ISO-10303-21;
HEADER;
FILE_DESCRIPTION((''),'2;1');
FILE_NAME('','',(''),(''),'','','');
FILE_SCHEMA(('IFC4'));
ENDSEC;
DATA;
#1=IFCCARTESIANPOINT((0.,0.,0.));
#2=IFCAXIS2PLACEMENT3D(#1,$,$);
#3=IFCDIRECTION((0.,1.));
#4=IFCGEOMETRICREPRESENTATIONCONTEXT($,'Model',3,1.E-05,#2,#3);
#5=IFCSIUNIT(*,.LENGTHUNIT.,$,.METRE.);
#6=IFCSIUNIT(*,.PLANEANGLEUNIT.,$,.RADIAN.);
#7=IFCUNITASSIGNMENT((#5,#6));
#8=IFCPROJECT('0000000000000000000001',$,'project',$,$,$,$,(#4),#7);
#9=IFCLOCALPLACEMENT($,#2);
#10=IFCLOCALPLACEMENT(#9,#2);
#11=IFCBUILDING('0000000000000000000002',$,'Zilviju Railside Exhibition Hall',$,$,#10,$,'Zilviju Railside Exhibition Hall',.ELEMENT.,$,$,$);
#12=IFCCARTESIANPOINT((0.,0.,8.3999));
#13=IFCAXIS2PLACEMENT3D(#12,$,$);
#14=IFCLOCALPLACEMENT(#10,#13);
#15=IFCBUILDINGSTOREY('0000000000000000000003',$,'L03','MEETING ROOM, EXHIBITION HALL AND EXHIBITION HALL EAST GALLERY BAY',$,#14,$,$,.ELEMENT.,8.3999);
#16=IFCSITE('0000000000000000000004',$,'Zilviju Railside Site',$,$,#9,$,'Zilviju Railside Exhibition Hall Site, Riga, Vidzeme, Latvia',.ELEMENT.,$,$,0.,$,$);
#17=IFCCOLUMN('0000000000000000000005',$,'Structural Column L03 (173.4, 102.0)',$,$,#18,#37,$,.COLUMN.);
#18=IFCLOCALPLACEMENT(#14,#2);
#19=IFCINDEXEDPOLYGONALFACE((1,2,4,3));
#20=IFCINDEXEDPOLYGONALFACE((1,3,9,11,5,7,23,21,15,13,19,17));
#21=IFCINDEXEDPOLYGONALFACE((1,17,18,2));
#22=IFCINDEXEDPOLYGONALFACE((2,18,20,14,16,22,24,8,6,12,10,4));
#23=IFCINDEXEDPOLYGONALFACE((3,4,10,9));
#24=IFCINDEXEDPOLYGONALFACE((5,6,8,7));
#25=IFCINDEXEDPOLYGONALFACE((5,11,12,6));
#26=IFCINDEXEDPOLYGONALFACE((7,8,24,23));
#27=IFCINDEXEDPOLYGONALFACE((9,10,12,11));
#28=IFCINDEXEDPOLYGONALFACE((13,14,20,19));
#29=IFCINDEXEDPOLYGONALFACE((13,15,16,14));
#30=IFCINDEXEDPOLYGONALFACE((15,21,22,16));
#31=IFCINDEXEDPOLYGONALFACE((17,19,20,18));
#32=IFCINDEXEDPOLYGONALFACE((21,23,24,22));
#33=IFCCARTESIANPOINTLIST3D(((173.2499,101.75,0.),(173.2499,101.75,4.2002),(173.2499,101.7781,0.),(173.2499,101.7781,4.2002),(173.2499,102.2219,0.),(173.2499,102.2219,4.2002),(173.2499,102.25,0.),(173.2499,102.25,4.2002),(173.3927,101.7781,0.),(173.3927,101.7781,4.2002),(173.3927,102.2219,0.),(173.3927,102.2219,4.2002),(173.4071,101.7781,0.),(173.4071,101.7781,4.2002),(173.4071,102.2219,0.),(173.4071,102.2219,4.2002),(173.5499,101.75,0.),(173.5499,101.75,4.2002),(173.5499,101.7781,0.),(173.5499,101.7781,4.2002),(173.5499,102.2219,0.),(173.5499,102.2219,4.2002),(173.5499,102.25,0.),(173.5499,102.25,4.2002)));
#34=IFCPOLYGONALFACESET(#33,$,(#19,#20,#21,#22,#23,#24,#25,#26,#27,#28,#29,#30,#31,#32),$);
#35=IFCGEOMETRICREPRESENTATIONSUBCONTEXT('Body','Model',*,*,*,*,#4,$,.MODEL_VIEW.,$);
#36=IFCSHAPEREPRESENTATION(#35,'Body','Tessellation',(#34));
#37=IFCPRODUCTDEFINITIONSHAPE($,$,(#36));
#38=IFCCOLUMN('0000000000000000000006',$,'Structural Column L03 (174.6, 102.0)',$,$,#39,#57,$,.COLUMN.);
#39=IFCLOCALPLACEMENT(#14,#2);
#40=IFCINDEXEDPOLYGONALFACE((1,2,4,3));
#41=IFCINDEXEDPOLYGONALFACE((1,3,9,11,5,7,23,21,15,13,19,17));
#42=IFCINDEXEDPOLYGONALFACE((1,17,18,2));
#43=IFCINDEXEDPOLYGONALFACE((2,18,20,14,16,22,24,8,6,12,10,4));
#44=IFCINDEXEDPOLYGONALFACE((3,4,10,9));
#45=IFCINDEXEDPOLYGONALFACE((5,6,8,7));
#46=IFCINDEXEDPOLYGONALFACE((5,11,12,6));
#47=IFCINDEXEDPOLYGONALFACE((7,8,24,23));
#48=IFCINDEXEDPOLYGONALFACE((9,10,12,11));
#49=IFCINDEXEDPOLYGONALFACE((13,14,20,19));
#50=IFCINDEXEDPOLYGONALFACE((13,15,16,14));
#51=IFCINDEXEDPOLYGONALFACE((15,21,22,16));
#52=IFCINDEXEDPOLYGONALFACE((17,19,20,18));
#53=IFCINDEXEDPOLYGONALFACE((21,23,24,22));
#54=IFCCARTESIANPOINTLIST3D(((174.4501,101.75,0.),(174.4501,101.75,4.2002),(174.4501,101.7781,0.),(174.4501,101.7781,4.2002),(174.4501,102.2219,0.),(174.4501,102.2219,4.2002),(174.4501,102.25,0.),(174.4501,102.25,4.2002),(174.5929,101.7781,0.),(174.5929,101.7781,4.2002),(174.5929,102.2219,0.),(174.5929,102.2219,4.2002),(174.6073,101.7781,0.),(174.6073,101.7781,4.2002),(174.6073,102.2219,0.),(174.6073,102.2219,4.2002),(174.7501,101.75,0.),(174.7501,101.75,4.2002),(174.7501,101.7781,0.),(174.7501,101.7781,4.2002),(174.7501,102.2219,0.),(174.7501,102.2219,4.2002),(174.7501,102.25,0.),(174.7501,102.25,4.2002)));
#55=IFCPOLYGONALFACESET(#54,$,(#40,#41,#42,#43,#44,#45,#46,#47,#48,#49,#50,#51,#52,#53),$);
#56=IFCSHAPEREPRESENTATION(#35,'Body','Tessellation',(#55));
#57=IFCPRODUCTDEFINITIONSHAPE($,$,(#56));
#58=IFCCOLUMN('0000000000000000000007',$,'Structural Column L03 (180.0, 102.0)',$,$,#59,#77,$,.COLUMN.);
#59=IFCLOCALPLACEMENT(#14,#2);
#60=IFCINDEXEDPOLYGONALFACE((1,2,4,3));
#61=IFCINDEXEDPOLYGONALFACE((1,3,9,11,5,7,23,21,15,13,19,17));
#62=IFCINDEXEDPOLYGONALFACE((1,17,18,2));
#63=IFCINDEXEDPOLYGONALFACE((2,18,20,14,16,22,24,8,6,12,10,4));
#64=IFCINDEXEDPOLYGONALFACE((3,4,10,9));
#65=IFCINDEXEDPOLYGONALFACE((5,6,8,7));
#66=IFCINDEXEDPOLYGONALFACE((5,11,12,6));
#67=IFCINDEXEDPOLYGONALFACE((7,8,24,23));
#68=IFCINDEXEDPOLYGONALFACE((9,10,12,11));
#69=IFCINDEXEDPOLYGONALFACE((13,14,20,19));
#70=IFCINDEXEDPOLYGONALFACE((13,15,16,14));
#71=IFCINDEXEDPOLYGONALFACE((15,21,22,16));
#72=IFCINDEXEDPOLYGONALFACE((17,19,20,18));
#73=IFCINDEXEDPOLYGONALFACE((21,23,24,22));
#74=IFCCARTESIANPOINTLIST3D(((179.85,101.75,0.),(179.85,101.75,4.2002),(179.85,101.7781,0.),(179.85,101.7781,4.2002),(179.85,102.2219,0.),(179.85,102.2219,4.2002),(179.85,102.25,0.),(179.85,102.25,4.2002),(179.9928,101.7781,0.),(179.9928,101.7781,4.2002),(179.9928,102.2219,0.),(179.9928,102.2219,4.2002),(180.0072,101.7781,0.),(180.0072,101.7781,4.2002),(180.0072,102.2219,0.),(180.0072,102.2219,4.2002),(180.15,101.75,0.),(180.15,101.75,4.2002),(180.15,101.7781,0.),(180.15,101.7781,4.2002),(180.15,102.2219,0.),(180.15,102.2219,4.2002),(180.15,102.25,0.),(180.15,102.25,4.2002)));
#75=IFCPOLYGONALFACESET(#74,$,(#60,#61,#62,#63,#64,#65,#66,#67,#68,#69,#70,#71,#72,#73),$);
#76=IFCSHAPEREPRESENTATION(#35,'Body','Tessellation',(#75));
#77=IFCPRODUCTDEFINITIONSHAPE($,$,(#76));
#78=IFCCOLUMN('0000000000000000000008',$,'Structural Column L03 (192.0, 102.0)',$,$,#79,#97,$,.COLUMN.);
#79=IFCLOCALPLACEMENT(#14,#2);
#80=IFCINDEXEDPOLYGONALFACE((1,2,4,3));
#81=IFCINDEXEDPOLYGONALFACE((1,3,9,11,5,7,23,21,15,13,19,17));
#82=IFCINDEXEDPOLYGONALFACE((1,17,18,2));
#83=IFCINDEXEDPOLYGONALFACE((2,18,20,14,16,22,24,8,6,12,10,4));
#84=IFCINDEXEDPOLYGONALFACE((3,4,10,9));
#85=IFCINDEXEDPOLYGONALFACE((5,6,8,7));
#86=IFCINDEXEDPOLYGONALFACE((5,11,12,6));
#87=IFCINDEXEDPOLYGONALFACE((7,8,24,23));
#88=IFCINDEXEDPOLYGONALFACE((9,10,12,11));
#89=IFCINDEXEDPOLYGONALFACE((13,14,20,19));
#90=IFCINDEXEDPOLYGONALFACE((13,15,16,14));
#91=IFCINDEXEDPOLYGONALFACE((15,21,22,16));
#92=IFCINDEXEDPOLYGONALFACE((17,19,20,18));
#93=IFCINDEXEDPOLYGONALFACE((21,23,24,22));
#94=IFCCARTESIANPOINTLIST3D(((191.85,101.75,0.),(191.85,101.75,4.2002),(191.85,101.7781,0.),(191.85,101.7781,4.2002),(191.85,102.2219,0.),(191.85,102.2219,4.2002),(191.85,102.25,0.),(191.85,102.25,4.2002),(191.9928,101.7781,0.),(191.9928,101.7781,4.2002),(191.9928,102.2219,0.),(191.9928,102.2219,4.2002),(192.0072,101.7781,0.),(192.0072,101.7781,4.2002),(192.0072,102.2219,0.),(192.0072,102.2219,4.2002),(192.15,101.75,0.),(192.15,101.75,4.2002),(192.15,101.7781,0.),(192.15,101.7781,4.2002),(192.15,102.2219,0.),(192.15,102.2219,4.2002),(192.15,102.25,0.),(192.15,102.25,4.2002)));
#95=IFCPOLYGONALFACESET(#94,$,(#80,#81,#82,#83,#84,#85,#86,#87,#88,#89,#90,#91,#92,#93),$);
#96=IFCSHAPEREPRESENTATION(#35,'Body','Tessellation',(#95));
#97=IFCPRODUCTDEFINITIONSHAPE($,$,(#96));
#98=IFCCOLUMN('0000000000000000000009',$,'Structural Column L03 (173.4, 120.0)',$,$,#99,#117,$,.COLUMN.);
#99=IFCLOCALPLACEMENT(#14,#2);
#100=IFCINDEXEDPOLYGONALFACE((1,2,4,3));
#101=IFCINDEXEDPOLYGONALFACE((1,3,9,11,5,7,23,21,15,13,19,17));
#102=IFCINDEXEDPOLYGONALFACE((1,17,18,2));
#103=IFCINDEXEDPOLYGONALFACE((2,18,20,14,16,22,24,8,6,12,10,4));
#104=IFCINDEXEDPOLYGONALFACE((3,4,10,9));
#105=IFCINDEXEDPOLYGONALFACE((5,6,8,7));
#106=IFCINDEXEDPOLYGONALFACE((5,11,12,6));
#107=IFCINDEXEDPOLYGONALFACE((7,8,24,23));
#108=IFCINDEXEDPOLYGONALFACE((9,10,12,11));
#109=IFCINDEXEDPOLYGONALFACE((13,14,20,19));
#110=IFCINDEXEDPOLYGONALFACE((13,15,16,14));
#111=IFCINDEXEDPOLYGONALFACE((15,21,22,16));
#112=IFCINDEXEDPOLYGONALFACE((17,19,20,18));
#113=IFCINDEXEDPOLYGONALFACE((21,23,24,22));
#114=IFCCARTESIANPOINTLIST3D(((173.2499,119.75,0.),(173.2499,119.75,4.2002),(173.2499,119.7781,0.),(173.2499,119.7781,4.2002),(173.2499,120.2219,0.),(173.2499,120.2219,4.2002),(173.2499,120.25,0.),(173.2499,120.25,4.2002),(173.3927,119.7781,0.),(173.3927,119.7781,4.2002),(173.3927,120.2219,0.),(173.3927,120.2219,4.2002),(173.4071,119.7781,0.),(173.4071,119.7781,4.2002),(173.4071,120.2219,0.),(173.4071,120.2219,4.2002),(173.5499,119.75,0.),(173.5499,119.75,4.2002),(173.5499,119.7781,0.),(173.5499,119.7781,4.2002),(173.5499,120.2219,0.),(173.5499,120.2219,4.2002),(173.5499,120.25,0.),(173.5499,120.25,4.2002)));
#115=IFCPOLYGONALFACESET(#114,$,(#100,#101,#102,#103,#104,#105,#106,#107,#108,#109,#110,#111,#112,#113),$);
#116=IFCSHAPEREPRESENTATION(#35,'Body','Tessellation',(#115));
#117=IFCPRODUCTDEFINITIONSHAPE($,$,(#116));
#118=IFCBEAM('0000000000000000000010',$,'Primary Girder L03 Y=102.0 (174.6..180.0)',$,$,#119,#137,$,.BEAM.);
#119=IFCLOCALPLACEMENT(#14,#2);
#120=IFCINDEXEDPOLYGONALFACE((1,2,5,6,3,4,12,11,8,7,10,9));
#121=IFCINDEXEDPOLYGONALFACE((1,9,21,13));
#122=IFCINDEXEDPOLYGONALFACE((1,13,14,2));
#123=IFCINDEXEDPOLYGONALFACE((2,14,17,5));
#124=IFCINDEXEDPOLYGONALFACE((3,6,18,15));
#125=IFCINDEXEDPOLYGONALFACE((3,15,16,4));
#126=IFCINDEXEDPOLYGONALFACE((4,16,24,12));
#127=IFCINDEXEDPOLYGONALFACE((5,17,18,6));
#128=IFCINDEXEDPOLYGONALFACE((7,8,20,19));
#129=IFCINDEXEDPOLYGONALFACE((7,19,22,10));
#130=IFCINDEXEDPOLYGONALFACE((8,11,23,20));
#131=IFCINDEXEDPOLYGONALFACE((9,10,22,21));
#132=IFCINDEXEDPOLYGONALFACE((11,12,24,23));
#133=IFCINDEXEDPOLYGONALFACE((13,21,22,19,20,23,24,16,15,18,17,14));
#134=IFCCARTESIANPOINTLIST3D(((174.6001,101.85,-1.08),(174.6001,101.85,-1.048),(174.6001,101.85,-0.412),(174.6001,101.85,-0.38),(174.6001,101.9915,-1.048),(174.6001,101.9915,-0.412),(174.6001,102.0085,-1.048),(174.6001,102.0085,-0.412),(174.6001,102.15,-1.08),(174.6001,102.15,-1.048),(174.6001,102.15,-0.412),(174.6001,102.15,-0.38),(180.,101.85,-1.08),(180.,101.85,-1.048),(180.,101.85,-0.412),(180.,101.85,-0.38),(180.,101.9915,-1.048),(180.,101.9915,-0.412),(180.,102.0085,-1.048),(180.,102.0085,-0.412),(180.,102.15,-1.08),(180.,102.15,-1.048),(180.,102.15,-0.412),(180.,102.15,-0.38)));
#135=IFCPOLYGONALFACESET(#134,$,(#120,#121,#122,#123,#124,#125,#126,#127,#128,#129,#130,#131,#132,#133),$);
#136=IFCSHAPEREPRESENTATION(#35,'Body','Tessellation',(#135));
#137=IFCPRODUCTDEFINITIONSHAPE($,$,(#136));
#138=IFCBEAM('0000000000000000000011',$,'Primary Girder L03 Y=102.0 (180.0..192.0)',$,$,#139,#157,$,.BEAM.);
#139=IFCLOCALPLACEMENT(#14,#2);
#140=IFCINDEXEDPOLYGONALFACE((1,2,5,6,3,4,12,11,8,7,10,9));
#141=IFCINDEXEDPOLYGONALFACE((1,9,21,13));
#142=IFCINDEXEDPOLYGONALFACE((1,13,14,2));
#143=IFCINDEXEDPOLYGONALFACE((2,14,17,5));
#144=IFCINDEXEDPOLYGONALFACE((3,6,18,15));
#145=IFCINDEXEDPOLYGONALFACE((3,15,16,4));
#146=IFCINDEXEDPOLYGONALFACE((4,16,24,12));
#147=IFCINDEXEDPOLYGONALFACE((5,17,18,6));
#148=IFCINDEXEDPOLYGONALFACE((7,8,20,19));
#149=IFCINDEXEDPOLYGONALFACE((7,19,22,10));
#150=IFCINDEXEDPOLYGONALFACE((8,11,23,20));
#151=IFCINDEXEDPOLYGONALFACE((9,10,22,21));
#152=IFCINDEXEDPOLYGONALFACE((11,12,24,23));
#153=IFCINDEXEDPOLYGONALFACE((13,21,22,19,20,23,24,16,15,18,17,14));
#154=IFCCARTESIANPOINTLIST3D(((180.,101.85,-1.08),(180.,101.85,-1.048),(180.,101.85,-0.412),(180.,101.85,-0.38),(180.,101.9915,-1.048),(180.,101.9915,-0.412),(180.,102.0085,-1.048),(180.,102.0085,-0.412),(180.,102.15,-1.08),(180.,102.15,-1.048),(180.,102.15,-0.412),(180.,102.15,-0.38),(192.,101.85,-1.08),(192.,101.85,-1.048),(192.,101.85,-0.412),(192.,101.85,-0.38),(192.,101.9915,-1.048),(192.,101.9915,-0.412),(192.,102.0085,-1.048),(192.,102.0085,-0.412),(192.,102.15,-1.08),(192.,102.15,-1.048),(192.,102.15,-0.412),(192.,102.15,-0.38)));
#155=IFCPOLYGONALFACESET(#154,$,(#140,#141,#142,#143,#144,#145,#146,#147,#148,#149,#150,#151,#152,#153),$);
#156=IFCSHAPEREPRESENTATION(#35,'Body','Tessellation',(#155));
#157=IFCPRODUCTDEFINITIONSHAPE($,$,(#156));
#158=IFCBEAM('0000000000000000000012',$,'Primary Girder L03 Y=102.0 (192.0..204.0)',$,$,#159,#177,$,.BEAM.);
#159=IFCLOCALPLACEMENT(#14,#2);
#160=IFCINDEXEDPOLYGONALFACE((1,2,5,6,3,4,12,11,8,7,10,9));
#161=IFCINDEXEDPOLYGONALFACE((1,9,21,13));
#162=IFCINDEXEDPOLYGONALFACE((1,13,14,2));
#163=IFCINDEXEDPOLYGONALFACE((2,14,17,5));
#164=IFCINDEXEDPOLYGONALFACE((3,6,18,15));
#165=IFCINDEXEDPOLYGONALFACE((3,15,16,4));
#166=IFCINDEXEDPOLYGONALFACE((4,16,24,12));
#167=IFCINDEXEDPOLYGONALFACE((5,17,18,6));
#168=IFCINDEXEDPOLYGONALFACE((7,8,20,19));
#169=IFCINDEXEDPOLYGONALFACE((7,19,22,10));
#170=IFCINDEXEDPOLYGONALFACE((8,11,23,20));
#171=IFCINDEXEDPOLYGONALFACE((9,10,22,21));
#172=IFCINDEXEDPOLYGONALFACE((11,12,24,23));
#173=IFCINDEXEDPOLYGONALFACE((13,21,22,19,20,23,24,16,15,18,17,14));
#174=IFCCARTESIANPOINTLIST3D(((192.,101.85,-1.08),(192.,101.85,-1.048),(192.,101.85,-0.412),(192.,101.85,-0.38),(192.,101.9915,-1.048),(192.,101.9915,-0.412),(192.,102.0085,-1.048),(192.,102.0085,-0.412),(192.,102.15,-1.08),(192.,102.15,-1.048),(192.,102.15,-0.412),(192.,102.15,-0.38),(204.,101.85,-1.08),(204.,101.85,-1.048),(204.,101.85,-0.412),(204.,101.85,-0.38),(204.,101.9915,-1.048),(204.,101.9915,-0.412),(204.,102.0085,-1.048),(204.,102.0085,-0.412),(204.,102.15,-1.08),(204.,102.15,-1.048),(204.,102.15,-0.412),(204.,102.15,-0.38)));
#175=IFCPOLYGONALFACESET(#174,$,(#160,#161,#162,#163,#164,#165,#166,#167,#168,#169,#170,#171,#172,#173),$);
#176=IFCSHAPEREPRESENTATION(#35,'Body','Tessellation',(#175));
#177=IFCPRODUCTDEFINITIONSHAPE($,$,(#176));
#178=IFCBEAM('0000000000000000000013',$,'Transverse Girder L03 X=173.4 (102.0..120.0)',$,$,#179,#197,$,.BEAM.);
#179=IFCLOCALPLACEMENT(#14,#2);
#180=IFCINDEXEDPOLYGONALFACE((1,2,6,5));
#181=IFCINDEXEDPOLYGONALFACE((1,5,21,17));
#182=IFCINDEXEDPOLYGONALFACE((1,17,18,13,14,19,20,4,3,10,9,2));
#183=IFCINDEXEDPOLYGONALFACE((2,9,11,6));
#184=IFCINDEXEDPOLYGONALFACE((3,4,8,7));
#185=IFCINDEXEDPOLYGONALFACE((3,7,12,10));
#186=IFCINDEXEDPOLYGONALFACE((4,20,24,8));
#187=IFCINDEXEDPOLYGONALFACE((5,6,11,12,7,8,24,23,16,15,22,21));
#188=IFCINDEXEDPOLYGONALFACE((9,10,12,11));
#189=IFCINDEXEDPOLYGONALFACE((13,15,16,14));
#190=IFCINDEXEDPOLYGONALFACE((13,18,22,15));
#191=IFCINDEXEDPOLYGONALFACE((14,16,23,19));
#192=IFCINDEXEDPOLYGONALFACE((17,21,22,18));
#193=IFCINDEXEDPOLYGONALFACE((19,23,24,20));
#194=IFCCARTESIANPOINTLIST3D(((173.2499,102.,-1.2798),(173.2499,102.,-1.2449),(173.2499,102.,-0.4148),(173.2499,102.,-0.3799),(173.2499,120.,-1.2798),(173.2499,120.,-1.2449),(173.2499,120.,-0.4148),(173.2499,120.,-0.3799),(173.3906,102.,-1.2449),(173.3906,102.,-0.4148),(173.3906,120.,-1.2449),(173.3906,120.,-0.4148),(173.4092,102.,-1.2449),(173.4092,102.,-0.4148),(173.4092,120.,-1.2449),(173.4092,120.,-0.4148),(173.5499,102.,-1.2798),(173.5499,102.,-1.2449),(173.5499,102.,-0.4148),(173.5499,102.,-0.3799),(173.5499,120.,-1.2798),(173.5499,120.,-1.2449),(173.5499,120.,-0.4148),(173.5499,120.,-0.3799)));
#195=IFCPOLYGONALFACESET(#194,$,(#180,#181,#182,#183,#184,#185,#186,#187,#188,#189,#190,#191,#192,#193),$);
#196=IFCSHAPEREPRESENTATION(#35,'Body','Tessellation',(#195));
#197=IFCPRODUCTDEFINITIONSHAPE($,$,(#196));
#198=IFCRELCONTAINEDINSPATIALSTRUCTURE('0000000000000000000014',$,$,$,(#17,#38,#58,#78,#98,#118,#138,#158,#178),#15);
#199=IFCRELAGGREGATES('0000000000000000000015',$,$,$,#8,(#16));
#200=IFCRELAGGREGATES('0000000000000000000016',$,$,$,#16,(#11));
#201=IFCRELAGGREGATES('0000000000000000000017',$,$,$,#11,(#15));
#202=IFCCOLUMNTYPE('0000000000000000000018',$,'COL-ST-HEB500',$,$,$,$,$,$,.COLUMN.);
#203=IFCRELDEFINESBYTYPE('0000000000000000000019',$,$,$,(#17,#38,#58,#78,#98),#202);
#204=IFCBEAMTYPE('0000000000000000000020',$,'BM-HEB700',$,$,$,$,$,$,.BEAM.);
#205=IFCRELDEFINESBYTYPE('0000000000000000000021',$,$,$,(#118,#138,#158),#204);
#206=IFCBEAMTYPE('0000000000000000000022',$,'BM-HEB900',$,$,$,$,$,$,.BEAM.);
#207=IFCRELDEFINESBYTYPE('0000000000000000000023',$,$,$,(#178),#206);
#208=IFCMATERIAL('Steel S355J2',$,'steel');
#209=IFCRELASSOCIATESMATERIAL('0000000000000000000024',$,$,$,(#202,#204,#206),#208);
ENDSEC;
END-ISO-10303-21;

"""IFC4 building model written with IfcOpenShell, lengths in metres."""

from ifc_helpers import new_model, si_unit, direction, frame, origin, origin_2d, place, context, subcontext, project, spatial, i_section, extrude, material, material_profile, profile_set, type_object, element, save


model = new_model("IFC4")

# Units and contexts
model_context = context("Model", 3, precision=1e-05, world=origin(), true_north=direction((0.0, 1.0)))
body_context = subcontext(model_context, "Body", "Model", "MODEL_VIEW")
ifc_project = project(units=[si_unit("LENGTHUNIT", "METRE"), si_unit("PLANEANGLEUNIT", "RADIAN")], contexts=[model_context])

# Site, building, storey
site_placement = place(None, origin())
site = spatial("IfcSite", under=ifc_project, at=site_placement, Name="Zilviju Railside Site", LongName="Zilviju Railside Exhibition Hall Site, Riga, Vidzeme, Latvia", CompositionType="ELEMENT", RefElevation=0.0)
building_placement = place(site_placement, origin())
building = spatial("IfcBuilding", under=site, at=building_placement, Name="Zilviju Railside Exhibition Hall", LongName="Zilviju Railside Exhibition Hall", CompositionType="ELEMENT")
storey_placement = place(building_placement, frame((0.0, 0.0, 8.3999)))
storey = spatial("IfcBuildingStorey", under=building, at=storey_placement, Name="L03", Description="MEETING ROOM, EXHIBITION HALL AND EXHIBITION HALL EAST GALLERY BAY", CompositionType="ELEMENT", Elevation=8.3999)

# Columns
ifc_material = material(Name="Steel S355J2", Category="steel")
ifc_material_profile_1 = material_profile(ifc_material, i_section(OverallWidth=0.3, OverallDepth=0.5, WebThickness=0.0144, FlangeThickness=0.0281, at=origin_2d()), Name="HEB 500")
ifc_profile_set_1 = profile_set([ifc_material_profile_1], Name="Steel S355J2")
column_type = type_object("IfcColumnType", Name="COL-ST-HEB500", PredefinedType="COLUMN", material=ifc_profile_set_1)
for number, where, z_axis, x_axis, name in (
    (1, (173.3999, 102.0, 0.0), (0.0, 0.0, 1.0), (1.0, 0.0, 0.0), "Structural Column L03 (173.4, 102.0)"),
    (2, (174.6001, 102.0, 0.0), (0.0, 0.0, 1.0), (1.0, 0.0, 0.0), "Structural Column L03 (174.6, 102.0)"),
    (3, (180.0, 102.0, 0.0), (0.0, 0.0, 1.0), (1.0, 0.0, 0.0), "Structural Column L03 (180.0, 102.0)"),
    (4, (192.0, 102.0, 0.0), (0.0, 0.0, 1.0), (1.0, 0.0, 0.0), "Structural Column L03 (192.0, 102.0)"),
    (5, (173.3999, 120.0, 0.0), (0.0, 0.0, 1.0), (1.0, 0.0, 0.0), "Structural Column L03 (173.4, 120.0)"),
):
    element("IfcColumn", number, at=place(storey_placement, frame(where, z_axis=z_axis, x_axis=x_axis)), inside=storey, type_object=column_type, Name=name, PredefinedType="COLUMN", context=body_context, shape_type="SweptSolid", body=[
        extrude(i_section(OverallWidth=0.3, OverallDepth=0.5, WebThickness=0.0144, FlangeThickness=0.0281, at=origin_2d()), origin(), (0.0, 0.0, 1.0), 4.2002),
    ])

# Beams
ifc_material_profile_2 = material_profile(ifc_material, i_section(OverallWidth=0.3, OverallDepth=0.7, WebThickness=0.0171, FlangeThickness=0.032, at=origin_2d()), Name="HEB 700")
ifc_profile_set_2 = profile_set([ifc_material_profile_2], Name="Steel S355J2")
beam_type_1 = type_object("IfcBeamType", Name="BM-HEB700", PredefinedType="BEAM", material=ifc_profile_set_2)
beam_placement = place(storey_placement, frame((174.6001, 102.0, -0.73), z_axis=(1.0, 0.0, 0.0), x_axis=(0.0, 1.0, 0.0)))
element("IfcBeam", 6, at=beam_placement, inside=storey, type_object=beam_type_1, Name="Primary Girder L03 Y=102.0 (174.6..180.0)", PredefinedType="BEAM", context=body_context, shape_type="SweptSolid", body=[
    extrude(i_section(OverallWidth=0.3, OverallDepth=0.7, WebThickness=0.0171, FlangeThickness=0.032, at=origin_2d()), origin(), (0.0, 0.0, 1.0), 5.3999),
])
for number, where, z_axis, x_axis, name in (
    (7, (180.0, 102.0, -0.73), (1.0, 0.0, 0.0), (0.0, 1.0, 0.0), "Primary Girder L03 Y=102.0 (180.0..192.0)"),
    (8, (192.0, 102.0, -0.73), (1.0, 0.0, 0.0), (0.0, 1.0, 0.0), "Primary Girder L03 Y=102.0 (192.0..204.0)"),
):
    element("IfcBeam", number, at=place(storey_placement, frame(where, z_axis=z_axis, x_axis=x_axis)), inside=storey, type_object=beam_type_1, Name=name, PredefinedType="BEAM", context=body_context, shape_type="SweptSolid", body=[
        extrude(i_section(OverallWidth=0.3, OverallDepth=0.7, WebThickness=0.0171, FlangeThickness=0.032, at=origin_2d()), origin(), (0.0, 0.0, 1.0), 12.0),
    ])
ifc_material_profile_3 = material_profile(ifc_material, i_section(OverallWidth=0.3, OverallDepth=0.8999, WebThickness=0.0186, FlangeThickness=0.0349, at=origin_2d()), Name="HEB 900")
ifc_profile_set_3 = profile_set([ifc_material_profile_3], Name="Steel S355J2")
beam_type_2 = type_object("IfcBeamType", Name="BM-HEB900", PredefinedType="BEAM", material=ifc_profile_set_3)
for number, where, z_axis, x_axis, name in (
    (9, (173.3999, 102.0, -0.8298), (0.0, 1.0, 0.0), (-1.0, 0.0, 0.0), "Transverse Girder L03 X=173.4 (102.0..120.0)"),
):
    element("IfcBeam", number, at=place(storey_placement, frame(where, z_axis=z_axis, x_axis=x_axis)), inside=storey, type_object=beam_type_2, Name=name, PredefinedType="BEAM", context=body_context, shape_type="SweptSolid", body=[
        extrude(i_section(OverallWidth=0.3, OverallDepth=0.8999, WebThickness=0.0186, FlangeThickness=0.0349, at=origin_2d()), origin(), (0.0, 0.0, 1.0), 18.0),
    ])

save(model, "model.ifc")
